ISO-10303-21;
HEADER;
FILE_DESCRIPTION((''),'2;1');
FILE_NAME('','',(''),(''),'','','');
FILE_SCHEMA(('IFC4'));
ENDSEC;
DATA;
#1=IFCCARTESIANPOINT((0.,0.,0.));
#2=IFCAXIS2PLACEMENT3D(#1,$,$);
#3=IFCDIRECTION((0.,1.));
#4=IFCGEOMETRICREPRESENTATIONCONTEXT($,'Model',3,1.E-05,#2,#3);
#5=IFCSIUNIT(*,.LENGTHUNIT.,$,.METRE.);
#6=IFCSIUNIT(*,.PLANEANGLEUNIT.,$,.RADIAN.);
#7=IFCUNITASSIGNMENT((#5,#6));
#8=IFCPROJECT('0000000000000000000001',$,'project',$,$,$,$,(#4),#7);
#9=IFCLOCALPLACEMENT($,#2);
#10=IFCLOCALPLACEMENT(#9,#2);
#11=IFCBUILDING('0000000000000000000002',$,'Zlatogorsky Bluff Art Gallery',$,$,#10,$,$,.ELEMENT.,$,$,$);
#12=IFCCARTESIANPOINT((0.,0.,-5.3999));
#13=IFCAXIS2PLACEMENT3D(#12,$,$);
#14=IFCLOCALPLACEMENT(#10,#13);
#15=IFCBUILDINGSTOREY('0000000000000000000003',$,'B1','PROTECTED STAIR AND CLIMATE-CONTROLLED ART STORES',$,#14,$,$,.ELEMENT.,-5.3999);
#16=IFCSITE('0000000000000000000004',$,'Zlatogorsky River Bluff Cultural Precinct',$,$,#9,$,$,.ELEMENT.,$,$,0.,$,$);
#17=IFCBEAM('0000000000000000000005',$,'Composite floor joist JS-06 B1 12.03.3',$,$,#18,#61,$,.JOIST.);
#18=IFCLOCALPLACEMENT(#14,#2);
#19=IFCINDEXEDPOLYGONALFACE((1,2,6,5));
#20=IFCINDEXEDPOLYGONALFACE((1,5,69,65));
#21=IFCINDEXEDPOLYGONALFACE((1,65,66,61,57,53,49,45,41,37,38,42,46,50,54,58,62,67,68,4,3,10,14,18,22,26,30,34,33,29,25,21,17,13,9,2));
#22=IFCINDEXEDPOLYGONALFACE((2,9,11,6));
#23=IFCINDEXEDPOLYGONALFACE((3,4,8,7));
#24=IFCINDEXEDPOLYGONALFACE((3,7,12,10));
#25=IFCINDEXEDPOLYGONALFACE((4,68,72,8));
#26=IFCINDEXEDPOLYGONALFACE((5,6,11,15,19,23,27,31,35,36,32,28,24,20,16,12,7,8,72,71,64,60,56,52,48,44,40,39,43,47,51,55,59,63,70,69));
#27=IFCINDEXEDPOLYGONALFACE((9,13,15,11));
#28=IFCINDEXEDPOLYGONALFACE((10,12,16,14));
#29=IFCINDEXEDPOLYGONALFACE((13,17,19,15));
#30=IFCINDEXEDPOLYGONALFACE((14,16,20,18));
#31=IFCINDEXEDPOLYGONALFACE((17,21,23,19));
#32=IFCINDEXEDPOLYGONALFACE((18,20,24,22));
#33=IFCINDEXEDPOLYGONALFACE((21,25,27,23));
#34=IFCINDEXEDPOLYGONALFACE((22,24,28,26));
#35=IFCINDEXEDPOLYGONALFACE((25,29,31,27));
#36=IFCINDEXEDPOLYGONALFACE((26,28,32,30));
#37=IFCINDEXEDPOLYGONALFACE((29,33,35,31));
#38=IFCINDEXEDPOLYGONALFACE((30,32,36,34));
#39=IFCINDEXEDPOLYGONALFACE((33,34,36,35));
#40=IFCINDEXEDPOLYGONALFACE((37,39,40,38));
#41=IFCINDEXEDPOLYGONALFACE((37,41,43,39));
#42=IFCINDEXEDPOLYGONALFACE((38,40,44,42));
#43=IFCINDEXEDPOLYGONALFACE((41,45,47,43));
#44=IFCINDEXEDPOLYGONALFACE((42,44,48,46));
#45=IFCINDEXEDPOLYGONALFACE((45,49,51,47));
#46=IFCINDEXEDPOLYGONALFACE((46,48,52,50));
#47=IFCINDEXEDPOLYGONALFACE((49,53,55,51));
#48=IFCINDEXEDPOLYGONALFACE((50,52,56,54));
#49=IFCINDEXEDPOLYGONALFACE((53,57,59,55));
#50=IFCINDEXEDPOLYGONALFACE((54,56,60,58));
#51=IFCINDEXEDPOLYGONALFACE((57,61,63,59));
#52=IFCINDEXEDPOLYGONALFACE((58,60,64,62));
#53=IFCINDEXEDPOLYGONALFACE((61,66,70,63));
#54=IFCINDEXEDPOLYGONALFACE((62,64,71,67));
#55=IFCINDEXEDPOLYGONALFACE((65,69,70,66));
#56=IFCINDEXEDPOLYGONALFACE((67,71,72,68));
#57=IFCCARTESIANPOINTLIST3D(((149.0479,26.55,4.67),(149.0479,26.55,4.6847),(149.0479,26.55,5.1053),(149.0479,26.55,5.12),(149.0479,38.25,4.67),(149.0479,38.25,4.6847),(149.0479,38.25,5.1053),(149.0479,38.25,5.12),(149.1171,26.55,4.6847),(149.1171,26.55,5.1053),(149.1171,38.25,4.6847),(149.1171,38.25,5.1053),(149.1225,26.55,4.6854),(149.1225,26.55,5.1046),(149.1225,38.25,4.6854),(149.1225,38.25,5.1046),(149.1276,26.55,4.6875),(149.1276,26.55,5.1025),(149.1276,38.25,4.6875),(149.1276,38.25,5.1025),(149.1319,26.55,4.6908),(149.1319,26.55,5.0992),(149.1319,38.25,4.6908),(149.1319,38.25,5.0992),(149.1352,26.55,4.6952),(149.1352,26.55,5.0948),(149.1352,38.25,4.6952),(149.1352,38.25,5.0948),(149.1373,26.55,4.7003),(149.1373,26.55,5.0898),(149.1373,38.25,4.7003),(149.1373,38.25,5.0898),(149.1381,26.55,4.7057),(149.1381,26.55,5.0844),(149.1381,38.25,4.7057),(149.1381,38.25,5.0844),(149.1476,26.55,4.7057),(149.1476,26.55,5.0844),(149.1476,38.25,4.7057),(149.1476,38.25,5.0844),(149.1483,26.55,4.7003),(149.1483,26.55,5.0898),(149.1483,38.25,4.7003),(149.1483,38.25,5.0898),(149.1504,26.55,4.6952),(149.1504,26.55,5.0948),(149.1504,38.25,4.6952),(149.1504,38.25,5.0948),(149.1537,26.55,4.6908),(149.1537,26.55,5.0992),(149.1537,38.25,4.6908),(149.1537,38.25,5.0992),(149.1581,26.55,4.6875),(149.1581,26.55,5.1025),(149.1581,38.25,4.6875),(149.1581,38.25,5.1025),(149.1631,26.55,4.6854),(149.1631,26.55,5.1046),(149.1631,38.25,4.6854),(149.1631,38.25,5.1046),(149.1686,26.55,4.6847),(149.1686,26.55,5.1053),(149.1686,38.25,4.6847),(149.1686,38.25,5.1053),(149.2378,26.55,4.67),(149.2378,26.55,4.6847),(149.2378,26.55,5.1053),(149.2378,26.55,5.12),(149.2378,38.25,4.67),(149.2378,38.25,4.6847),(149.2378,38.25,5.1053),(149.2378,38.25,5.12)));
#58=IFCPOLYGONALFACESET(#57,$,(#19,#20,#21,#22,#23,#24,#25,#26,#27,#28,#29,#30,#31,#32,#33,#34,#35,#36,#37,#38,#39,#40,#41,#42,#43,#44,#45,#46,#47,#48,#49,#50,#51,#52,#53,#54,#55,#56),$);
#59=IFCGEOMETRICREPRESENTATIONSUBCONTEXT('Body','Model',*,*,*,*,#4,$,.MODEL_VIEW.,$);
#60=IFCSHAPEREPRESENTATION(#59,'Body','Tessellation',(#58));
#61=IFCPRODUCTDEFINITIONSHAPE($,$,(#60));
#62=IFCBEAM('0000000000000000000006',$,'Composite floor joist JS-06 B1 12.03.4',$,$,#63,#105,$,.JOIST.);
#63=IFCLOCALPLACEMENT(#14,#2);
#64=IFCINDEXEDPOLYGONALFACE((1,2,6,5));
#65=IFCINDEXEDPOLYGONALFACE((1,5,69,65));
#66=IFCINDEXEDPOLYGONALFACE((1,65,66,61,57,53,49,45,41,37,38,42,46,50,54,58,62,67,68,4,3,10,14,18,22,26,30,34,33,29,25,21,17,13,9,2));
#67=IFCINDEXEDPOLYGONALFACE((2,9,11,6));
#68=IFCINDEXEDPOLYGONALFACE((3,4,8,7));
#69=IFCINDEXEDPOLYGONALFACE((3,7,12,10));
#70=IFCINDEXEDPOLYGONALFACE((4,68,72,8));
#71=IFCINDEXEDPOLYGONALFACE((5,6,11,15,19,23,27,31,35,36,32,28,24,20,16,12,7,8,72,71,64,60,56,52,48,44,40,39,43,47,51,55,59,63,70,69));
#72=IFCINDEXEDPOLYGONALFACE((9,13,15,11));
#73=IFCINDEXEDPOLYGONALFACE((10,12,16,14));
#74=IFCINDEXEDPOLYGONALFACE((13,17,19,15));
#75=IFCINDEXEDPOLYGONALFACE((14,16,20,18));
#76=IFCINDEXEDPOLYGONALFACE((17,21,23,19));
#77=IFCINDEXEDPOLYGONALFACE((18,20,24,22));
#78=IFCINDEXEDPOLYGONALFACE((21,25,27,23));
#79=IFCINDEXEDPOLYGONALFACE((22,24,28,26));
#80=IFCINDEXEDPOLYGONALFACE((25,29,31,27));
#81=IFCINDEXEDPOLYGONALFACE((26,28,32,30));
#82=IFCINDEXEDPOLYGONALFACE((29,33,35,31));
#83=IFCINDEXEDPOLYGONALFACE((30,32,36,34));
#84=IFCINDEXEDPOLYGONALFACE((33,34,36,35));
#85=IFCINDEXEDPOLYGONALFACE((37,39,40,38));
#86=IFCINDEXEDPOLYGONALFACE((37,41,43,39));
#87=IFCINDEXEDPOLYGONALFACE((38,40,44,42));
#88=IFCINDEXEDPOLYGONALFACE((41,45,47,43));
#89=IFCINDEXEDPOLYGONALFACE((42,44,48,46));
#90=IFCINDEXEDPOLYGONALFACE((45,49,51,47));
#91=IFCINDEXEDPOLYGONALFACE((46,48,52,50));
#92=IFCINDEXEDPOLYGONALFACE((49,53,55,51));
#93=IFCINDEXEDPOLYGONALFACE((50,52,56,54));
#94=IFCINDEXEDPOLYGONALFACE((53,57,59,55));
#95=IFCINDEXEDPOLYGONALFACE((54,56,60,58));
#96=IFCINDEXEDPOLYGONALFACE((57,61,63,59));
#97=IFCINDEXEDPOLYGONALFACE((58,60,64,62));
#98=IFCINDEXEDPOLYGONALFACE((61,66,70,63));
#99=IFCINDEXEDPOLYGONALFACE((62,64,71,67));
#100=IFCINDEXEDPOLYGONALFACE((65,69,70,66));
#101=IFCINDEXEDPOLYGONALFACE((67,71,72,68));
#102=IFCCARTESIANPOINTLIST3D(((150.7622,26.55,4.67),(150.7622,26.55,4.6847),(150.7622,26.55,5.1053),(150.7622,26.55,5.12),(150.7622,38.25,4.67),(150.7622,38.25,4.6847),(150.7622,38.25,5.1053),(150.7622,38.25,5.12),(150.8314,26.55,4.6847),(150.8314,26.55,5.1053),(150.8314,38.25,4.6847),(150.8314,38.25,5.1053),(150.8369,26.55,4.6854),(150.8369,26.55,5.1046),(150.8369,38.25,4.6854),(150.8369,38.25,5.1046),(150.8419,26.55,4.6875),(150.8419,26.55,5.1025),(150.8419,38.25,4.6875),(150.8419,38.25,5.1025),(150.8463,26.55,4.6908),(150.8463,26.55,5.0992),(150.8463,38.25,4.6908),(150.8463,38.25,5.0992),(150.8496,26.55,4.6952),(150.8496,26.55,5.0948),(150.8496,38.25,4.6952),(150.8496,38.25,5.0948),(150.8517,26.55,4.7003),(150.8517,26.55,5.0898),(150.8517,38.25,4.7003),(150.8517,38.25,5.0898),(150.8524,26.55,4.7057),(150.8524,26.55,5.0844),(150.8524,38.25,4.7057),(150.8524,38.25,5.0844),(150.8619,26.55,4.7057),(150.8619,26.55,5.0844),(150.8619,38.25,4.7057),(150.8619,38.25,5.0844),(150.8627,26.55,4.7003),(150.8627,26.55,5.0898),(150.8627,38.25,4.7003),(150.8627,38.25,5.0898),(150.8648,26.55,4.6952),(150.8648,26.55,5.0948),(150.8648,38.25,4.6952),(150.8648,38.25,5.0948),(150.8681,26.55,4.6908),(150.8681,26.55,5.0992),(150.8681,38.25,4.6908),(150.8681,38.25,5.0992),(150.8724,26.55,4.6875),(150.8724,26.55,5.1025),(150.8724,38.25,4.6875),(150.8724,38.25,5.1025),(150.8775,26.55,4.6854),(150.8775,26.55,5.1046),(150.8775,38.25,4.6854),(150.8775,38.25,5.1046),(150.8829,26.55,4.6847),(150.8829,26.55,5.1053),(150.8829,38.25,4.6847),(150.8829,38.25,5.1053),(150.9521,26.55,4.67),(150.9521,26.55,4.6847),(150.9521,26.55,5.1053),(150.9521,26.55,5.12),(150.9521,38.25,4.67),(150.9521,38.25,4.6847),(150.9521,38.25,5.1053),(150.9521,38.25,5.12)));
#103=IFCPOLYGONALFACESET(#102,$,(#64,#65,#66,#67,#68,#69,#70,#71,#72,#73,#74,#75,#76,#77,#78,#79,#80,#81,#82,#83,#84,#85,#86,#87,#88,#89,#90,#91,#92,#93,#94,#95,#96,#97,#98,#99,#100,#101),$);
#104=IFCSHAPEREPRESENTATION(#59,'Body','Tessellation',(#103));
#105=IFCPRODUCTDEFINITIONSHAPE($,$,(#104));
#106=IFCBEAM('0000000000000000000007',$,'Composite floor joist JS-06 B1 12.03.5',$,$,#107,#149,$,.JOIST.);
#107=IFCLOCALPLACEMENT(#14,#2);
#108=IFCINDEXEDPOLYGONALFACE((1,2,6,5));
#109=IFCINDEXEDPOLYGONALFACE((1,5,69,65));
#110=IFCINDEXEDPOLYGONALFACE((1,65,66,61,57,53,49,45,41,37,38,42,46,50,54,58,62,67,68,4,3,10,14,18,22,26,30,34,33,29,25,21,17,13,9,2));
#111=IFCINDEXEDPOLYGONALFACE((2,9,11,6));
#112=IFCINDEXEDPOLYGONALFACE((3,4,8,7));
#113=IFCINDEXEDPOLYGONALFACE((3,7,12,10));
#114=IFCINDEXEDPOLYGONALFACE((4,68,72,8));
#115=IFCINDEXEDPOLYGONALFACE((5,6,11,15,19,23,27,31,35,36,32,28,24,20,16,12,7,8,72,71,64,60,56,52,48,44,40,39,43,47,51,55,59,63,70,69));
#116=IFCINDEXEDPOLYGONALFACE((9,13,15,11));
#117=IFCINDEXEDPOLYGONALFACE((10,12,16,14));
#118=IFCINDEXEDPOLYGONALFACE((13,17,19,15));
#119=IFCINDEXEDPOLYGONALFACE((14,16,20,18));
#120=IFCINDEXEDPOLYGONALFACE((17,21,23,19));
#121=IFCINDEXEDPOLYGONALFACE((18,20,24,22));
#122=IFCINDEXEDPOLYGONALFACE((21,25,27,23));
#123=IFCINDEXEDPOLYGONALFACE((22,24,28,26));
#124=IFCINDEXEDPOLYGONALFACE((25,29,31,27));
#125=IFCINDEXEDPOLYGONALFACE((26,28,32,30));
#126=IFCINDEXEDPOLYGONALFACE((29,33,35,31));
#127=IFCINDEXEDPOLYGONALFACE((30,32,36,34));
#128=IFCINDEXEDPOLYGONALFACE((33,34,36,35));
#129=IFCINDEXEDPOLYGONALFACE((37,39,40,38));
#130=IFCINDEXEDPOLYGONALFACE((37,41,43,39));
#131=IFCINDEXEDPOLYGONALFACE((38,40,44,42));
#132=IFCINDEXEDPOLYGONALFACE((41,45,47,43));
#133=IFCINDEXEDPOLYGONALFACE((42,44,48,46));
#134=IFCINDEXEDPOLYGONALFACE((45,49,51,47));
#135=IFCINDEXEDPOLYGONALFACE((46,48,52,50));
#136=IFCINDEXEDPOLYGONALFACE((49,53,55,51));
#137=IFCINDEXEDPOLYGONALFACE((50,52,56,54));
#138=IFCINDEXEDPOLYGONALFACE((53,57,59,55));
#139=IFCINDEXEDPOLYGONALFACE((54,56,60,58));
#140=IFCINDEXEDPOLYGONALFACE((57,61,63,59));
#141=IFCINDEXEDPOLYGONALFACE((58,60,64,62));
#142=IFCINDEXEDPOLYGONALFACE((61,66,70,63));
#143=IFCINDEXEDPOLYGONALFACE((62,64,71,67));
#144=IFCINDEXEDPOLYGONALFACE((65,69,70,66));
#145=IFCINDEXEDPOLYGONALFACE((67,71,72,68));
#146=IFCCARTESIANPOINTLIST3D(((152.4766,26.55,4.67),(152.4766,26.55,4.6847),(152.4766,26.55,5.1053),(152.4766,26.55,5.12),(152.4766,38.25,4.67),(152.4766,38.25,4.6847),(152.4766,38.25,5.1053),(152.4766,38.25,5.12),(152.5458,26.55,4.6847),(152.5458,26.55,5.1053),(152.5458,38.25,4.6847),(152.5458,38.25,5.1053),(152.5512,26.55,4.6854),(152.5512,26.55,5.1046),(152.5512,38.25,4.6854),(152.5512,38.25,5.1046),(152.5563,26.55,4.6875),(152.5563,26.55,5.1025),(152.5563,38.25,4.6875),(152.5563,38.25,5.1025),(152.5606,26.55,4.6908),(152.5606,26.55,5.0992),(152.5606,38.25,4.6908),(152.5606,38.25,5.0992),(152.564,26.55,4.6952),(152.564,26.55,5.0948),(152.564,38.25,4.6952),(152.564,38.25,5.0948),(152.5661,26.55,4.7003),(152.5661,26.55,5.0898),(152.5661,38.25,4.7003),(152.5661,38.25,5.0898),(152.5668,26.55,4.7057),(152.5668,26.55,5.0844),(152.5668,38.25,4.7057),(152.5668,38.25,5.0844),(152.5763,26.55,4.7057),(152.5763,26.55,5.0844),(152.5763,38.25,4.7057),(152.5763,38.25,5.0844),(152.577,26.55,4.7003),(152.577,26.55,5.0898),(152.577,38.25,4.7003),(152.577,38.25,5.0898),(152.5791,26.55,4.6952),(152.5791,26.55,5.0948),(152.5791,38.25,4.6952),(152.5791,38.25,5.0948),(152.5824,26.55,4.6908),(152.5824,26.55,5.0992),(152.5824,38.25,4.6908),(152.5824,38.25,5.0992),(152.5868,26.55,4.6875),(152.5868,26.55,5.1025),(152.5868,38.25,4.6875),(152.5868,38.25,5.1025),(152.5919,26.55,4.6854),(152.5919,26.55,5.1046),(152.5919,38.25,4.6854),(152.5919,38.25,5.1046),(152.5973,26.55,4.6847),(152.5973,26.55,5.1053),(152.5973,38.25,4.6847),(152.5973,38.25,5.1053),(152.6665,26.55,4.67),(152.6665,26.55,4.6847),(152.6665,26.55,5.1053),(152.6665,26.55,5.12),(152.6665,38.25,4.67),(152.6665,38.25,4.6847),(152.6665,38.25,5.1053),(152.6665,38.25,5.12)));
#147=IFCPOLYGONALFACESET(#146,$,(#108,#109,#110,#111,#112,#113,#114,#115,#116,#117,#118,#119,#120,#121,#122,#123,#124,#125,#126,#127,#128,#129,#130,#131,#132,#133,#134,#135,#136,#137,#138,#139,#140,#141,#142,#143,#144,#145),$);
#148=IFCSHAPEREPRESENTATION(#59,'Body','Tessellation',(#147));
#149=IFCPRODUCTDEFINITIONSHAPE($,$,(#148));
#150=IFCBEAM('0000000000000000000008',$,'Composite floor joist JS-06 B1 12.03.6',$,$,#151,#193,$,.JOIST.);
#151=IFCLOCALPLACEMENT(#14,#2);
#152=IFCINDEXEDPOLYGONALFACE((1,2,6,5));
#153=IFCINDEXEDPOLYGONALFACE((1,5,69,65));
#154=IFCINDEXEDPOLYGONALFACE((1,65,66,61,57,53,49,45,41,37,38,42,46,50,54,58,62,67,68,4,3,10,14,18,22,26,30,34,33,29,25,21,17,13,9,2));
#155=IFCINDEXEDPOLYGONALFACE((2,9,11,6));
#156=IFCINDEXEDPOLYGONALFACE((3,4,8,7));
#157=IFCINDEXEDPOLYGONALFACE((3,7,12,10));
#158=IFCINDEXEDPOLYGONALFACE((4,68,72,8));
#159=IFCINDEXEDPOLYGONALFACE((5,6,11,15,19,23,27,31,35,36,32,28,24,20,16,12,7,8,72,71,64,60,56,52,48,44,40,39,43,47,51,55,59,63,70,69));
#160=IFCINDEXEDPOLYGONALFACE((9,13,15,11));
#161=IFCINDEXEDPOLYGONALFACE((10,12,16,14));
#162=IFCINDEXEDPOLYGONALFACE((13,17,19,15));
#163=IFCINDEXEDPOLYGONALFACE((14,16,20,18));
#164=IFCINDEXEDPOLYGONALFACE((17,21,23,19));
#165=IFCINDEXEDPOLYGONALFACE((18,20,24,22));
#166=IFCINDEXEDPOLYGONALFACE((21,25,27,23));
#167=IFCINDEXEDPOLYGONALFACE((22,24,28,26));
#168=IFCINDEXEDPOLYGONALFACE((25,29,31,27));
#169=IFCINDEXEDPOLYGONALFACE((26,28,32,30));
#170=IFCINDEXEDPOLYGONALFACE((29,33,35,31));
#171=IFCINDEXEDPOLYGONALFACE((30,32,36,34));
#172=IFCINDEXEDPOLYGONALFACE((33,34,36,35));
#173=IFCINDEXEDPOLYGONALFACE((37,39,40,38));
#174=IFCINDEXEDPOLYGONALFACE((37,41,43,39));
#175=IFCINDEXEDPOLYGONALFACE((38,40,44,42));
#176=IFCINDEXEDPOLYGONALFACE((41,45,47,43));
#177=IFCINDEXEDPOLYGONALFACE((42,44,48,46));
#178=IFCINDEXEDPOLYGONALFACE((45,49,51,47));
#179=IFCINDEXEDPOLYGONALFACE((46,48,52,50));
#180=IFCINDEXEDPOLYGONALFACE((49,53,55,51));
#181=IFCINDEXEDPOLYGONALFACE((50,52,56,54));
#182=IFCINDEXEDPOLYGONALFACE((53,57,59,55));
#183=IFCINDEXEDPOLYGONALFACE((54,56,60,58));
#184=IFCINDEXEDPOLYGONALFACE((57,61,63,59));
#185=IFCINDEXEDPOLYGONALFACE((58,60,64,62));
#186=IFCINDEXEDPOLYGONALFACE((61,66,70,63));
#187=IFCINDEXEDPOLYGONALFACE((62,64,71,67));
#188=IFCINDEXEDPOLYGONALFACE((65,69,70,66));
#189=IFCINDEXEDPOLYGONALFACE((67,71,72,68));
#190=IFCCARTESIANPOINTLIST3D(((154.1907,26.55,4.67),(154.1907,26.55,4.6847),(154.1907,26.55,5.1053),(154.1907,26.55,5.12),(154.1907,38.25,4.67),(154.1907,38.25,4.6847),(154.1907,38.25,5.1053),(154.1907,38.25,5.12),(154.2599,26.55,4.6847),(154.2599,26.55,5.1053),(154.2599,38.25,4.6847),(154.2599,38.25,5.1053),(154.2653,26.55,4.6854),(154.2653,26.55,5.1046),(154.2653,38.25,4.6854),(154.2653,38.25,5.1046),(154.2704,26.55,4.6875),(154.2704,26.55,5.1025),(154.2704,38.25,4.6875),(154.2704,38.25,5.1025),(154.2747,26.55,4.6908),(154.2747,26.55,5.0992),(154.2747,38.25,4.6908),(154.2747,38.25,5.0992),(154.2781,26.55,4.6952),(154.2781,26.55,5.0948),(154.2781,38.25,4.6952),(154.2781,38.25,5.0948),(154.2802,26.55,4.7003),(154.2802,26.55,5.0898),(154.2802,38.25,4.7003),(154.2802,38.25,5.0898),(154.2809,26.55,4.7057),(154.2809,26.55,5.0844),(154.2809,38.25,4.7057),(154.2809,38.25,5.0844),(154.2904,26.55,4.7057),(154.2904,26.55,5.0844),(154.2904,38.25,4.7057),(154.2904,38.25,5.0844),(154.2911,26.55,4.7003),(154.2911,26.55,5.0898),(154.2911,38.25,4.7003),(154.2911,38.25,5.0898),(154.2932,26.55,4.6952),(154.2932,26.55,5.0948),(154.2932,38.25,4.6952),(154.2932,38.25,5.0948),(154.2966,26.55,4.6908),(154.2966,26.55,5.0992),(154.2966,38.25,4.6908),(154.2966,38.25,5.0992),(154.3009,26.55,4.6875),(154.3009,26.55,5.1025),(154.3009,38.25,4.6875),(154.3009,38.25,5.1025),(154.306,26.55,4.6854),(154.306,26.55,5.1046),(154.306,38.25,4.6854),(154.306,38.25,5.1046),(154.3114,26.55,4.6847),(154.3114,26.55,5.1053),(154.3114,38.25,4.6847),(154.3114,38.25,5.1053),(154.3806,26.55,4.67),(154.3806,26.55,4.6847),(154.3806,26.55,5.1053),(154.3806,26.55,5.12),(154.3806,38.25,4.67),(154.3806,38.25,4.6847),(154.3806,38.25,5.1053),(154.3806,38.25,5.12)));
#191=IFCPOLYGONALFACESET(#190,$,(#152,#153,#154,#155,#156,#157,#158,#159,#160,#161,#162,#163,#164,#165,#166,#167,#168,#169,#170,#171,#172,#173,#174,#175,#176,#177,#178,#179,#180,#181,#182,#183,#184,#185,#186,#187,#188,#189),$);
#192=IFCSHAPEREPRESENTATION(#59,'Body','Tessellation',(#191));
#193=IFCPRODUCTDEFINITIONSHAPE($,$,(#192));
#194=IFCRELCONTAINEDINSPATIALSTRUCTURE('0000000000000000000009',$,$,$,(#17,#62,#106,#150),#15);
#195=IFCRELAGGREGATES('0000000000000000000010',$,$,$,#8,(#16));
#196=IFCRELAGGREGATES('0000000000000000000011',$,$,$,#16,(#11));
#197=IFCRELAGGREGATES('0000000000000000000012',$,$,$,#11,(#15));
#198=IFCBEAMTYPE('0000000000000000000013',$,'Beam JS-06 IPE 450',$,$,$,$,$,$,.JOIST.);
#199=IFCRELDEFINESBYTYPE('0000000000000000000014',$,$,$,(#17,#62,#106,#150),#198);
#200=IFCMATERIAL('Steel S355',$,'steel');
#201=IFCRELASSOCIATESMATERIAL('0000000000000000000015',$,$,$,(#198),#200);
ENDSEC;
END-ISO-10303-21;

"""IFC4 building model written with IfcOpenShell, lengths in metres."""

from ifc_helpers import new_model, si_unit, direction, frame, origin, origin_2d, place, context, subcontext, project, spatial, i_section, extrude, material, material_profile, profile_set, type_object, element, save


model = new_model("IFC4")

# Units and contexts
model_context = context("Model", 3, precision=1e-05, world=origin(), true_north=direction((0.0, 1.0)))
body_context = subcontext(model_context, "Body", "Model", "MODEL_VIEW")
ifc_project = project(units=[si_unit("LENGTHUNIT", "METRE"), si_unit("PLANEANGLEUNIT", "RADIAN")], contexts=[model_context])

# Site, building, storey
site_placement = place(None, origin())
site = spatial("IfcSite", under=ifc_project, at=site_placement, Name="Zlatogorsky River Bluff Cultural Precinct", CompositionType="ELEMENT", RefElevation=0.0)
building_placement = place(site_placement, origin())
building = spatial("IfcBuilding", under=site, at=building_placement, Name="Zlatogorsky Bluff Art Gallery", CompositionType="ELEMENT")
storey_placement = place(building_placement, frame((0.0, 0.0, -5.3999)))
storey = spatial("IfcBuildingStorey", under=building, at=storey_placement, Name="B1", Description="PROTECTED STAIR AND CLIMATE-CONTROLLED ART STORES", CompositionType="ELEMENT", Elevation=-5.3999)

# Beams
ifc_material_1 = material(Name="Steel S355", Category="steel")
ifc_material_profile_1 = material_profile(ifc_material_1, i_section(OverallWidth=0.1899, OverallDepth=0.45, WebThickness=0.0095, FlangeThickness=0.0146, FilletRadius=0.021, at=origin_2d()), Name="IPE 450")
ifc_profile_set_1 = profile_set([ifc_material_profile_1], Name="Steel S355")
beam_type_1 = type_object("IfcBeamType", Name="Beam JS-06 IPE 450", PredefinedType="JOIST", material=ifc_profile_set_1)
for number, where, z_axis, x_axis, name in (
    (1, (149.1428, 26.55, 4.895), (0.0, 1.0, 0.0), (-1.0, 0.0, 0.0), "Composite floor joist JS-06 B1 12.03.3"),
    (2, (150.8572, 26.55, 4.895), (0.0, 1.0, 0.0), (-1.0, 0.0, 0.0), "Composite floor joist JS-06 B1 12.03.4"),
    (3, (152.5715, 26.55, 4.895), (0.0, 1.0, 0.0), (-1.0, 0.0, 0.0), "Composite floor joist JS-06 B1 12.03.5"),
    (4, (154.2856, 26.55, 4.895), (0.0, 1.0, 0.0), (-1.0, 0.0, 0.0), "Composite floor joist JS-06 B1 12.03.6"),
):
    element("IfcBeam", number, at=place(storey_placement, frame(where, z_axis=z_axis, x_axis=x_axis)), inside=storey, type_object=beam_type_1, Name=name, PredefinedType="JOIST", context=body_context, shape_type="SweptSolid", body=[
        extrude(i_section(OverallWidth=0.1899, OverallDepth=0.45, WebThickness=0.0095, FlangeThickness=0.0146, FilletRadius=0.021, at=origin_2d()), origin(), (0.0, 0.0, 1.0), 11.7),
    ])

save(model, "model.ifc")
